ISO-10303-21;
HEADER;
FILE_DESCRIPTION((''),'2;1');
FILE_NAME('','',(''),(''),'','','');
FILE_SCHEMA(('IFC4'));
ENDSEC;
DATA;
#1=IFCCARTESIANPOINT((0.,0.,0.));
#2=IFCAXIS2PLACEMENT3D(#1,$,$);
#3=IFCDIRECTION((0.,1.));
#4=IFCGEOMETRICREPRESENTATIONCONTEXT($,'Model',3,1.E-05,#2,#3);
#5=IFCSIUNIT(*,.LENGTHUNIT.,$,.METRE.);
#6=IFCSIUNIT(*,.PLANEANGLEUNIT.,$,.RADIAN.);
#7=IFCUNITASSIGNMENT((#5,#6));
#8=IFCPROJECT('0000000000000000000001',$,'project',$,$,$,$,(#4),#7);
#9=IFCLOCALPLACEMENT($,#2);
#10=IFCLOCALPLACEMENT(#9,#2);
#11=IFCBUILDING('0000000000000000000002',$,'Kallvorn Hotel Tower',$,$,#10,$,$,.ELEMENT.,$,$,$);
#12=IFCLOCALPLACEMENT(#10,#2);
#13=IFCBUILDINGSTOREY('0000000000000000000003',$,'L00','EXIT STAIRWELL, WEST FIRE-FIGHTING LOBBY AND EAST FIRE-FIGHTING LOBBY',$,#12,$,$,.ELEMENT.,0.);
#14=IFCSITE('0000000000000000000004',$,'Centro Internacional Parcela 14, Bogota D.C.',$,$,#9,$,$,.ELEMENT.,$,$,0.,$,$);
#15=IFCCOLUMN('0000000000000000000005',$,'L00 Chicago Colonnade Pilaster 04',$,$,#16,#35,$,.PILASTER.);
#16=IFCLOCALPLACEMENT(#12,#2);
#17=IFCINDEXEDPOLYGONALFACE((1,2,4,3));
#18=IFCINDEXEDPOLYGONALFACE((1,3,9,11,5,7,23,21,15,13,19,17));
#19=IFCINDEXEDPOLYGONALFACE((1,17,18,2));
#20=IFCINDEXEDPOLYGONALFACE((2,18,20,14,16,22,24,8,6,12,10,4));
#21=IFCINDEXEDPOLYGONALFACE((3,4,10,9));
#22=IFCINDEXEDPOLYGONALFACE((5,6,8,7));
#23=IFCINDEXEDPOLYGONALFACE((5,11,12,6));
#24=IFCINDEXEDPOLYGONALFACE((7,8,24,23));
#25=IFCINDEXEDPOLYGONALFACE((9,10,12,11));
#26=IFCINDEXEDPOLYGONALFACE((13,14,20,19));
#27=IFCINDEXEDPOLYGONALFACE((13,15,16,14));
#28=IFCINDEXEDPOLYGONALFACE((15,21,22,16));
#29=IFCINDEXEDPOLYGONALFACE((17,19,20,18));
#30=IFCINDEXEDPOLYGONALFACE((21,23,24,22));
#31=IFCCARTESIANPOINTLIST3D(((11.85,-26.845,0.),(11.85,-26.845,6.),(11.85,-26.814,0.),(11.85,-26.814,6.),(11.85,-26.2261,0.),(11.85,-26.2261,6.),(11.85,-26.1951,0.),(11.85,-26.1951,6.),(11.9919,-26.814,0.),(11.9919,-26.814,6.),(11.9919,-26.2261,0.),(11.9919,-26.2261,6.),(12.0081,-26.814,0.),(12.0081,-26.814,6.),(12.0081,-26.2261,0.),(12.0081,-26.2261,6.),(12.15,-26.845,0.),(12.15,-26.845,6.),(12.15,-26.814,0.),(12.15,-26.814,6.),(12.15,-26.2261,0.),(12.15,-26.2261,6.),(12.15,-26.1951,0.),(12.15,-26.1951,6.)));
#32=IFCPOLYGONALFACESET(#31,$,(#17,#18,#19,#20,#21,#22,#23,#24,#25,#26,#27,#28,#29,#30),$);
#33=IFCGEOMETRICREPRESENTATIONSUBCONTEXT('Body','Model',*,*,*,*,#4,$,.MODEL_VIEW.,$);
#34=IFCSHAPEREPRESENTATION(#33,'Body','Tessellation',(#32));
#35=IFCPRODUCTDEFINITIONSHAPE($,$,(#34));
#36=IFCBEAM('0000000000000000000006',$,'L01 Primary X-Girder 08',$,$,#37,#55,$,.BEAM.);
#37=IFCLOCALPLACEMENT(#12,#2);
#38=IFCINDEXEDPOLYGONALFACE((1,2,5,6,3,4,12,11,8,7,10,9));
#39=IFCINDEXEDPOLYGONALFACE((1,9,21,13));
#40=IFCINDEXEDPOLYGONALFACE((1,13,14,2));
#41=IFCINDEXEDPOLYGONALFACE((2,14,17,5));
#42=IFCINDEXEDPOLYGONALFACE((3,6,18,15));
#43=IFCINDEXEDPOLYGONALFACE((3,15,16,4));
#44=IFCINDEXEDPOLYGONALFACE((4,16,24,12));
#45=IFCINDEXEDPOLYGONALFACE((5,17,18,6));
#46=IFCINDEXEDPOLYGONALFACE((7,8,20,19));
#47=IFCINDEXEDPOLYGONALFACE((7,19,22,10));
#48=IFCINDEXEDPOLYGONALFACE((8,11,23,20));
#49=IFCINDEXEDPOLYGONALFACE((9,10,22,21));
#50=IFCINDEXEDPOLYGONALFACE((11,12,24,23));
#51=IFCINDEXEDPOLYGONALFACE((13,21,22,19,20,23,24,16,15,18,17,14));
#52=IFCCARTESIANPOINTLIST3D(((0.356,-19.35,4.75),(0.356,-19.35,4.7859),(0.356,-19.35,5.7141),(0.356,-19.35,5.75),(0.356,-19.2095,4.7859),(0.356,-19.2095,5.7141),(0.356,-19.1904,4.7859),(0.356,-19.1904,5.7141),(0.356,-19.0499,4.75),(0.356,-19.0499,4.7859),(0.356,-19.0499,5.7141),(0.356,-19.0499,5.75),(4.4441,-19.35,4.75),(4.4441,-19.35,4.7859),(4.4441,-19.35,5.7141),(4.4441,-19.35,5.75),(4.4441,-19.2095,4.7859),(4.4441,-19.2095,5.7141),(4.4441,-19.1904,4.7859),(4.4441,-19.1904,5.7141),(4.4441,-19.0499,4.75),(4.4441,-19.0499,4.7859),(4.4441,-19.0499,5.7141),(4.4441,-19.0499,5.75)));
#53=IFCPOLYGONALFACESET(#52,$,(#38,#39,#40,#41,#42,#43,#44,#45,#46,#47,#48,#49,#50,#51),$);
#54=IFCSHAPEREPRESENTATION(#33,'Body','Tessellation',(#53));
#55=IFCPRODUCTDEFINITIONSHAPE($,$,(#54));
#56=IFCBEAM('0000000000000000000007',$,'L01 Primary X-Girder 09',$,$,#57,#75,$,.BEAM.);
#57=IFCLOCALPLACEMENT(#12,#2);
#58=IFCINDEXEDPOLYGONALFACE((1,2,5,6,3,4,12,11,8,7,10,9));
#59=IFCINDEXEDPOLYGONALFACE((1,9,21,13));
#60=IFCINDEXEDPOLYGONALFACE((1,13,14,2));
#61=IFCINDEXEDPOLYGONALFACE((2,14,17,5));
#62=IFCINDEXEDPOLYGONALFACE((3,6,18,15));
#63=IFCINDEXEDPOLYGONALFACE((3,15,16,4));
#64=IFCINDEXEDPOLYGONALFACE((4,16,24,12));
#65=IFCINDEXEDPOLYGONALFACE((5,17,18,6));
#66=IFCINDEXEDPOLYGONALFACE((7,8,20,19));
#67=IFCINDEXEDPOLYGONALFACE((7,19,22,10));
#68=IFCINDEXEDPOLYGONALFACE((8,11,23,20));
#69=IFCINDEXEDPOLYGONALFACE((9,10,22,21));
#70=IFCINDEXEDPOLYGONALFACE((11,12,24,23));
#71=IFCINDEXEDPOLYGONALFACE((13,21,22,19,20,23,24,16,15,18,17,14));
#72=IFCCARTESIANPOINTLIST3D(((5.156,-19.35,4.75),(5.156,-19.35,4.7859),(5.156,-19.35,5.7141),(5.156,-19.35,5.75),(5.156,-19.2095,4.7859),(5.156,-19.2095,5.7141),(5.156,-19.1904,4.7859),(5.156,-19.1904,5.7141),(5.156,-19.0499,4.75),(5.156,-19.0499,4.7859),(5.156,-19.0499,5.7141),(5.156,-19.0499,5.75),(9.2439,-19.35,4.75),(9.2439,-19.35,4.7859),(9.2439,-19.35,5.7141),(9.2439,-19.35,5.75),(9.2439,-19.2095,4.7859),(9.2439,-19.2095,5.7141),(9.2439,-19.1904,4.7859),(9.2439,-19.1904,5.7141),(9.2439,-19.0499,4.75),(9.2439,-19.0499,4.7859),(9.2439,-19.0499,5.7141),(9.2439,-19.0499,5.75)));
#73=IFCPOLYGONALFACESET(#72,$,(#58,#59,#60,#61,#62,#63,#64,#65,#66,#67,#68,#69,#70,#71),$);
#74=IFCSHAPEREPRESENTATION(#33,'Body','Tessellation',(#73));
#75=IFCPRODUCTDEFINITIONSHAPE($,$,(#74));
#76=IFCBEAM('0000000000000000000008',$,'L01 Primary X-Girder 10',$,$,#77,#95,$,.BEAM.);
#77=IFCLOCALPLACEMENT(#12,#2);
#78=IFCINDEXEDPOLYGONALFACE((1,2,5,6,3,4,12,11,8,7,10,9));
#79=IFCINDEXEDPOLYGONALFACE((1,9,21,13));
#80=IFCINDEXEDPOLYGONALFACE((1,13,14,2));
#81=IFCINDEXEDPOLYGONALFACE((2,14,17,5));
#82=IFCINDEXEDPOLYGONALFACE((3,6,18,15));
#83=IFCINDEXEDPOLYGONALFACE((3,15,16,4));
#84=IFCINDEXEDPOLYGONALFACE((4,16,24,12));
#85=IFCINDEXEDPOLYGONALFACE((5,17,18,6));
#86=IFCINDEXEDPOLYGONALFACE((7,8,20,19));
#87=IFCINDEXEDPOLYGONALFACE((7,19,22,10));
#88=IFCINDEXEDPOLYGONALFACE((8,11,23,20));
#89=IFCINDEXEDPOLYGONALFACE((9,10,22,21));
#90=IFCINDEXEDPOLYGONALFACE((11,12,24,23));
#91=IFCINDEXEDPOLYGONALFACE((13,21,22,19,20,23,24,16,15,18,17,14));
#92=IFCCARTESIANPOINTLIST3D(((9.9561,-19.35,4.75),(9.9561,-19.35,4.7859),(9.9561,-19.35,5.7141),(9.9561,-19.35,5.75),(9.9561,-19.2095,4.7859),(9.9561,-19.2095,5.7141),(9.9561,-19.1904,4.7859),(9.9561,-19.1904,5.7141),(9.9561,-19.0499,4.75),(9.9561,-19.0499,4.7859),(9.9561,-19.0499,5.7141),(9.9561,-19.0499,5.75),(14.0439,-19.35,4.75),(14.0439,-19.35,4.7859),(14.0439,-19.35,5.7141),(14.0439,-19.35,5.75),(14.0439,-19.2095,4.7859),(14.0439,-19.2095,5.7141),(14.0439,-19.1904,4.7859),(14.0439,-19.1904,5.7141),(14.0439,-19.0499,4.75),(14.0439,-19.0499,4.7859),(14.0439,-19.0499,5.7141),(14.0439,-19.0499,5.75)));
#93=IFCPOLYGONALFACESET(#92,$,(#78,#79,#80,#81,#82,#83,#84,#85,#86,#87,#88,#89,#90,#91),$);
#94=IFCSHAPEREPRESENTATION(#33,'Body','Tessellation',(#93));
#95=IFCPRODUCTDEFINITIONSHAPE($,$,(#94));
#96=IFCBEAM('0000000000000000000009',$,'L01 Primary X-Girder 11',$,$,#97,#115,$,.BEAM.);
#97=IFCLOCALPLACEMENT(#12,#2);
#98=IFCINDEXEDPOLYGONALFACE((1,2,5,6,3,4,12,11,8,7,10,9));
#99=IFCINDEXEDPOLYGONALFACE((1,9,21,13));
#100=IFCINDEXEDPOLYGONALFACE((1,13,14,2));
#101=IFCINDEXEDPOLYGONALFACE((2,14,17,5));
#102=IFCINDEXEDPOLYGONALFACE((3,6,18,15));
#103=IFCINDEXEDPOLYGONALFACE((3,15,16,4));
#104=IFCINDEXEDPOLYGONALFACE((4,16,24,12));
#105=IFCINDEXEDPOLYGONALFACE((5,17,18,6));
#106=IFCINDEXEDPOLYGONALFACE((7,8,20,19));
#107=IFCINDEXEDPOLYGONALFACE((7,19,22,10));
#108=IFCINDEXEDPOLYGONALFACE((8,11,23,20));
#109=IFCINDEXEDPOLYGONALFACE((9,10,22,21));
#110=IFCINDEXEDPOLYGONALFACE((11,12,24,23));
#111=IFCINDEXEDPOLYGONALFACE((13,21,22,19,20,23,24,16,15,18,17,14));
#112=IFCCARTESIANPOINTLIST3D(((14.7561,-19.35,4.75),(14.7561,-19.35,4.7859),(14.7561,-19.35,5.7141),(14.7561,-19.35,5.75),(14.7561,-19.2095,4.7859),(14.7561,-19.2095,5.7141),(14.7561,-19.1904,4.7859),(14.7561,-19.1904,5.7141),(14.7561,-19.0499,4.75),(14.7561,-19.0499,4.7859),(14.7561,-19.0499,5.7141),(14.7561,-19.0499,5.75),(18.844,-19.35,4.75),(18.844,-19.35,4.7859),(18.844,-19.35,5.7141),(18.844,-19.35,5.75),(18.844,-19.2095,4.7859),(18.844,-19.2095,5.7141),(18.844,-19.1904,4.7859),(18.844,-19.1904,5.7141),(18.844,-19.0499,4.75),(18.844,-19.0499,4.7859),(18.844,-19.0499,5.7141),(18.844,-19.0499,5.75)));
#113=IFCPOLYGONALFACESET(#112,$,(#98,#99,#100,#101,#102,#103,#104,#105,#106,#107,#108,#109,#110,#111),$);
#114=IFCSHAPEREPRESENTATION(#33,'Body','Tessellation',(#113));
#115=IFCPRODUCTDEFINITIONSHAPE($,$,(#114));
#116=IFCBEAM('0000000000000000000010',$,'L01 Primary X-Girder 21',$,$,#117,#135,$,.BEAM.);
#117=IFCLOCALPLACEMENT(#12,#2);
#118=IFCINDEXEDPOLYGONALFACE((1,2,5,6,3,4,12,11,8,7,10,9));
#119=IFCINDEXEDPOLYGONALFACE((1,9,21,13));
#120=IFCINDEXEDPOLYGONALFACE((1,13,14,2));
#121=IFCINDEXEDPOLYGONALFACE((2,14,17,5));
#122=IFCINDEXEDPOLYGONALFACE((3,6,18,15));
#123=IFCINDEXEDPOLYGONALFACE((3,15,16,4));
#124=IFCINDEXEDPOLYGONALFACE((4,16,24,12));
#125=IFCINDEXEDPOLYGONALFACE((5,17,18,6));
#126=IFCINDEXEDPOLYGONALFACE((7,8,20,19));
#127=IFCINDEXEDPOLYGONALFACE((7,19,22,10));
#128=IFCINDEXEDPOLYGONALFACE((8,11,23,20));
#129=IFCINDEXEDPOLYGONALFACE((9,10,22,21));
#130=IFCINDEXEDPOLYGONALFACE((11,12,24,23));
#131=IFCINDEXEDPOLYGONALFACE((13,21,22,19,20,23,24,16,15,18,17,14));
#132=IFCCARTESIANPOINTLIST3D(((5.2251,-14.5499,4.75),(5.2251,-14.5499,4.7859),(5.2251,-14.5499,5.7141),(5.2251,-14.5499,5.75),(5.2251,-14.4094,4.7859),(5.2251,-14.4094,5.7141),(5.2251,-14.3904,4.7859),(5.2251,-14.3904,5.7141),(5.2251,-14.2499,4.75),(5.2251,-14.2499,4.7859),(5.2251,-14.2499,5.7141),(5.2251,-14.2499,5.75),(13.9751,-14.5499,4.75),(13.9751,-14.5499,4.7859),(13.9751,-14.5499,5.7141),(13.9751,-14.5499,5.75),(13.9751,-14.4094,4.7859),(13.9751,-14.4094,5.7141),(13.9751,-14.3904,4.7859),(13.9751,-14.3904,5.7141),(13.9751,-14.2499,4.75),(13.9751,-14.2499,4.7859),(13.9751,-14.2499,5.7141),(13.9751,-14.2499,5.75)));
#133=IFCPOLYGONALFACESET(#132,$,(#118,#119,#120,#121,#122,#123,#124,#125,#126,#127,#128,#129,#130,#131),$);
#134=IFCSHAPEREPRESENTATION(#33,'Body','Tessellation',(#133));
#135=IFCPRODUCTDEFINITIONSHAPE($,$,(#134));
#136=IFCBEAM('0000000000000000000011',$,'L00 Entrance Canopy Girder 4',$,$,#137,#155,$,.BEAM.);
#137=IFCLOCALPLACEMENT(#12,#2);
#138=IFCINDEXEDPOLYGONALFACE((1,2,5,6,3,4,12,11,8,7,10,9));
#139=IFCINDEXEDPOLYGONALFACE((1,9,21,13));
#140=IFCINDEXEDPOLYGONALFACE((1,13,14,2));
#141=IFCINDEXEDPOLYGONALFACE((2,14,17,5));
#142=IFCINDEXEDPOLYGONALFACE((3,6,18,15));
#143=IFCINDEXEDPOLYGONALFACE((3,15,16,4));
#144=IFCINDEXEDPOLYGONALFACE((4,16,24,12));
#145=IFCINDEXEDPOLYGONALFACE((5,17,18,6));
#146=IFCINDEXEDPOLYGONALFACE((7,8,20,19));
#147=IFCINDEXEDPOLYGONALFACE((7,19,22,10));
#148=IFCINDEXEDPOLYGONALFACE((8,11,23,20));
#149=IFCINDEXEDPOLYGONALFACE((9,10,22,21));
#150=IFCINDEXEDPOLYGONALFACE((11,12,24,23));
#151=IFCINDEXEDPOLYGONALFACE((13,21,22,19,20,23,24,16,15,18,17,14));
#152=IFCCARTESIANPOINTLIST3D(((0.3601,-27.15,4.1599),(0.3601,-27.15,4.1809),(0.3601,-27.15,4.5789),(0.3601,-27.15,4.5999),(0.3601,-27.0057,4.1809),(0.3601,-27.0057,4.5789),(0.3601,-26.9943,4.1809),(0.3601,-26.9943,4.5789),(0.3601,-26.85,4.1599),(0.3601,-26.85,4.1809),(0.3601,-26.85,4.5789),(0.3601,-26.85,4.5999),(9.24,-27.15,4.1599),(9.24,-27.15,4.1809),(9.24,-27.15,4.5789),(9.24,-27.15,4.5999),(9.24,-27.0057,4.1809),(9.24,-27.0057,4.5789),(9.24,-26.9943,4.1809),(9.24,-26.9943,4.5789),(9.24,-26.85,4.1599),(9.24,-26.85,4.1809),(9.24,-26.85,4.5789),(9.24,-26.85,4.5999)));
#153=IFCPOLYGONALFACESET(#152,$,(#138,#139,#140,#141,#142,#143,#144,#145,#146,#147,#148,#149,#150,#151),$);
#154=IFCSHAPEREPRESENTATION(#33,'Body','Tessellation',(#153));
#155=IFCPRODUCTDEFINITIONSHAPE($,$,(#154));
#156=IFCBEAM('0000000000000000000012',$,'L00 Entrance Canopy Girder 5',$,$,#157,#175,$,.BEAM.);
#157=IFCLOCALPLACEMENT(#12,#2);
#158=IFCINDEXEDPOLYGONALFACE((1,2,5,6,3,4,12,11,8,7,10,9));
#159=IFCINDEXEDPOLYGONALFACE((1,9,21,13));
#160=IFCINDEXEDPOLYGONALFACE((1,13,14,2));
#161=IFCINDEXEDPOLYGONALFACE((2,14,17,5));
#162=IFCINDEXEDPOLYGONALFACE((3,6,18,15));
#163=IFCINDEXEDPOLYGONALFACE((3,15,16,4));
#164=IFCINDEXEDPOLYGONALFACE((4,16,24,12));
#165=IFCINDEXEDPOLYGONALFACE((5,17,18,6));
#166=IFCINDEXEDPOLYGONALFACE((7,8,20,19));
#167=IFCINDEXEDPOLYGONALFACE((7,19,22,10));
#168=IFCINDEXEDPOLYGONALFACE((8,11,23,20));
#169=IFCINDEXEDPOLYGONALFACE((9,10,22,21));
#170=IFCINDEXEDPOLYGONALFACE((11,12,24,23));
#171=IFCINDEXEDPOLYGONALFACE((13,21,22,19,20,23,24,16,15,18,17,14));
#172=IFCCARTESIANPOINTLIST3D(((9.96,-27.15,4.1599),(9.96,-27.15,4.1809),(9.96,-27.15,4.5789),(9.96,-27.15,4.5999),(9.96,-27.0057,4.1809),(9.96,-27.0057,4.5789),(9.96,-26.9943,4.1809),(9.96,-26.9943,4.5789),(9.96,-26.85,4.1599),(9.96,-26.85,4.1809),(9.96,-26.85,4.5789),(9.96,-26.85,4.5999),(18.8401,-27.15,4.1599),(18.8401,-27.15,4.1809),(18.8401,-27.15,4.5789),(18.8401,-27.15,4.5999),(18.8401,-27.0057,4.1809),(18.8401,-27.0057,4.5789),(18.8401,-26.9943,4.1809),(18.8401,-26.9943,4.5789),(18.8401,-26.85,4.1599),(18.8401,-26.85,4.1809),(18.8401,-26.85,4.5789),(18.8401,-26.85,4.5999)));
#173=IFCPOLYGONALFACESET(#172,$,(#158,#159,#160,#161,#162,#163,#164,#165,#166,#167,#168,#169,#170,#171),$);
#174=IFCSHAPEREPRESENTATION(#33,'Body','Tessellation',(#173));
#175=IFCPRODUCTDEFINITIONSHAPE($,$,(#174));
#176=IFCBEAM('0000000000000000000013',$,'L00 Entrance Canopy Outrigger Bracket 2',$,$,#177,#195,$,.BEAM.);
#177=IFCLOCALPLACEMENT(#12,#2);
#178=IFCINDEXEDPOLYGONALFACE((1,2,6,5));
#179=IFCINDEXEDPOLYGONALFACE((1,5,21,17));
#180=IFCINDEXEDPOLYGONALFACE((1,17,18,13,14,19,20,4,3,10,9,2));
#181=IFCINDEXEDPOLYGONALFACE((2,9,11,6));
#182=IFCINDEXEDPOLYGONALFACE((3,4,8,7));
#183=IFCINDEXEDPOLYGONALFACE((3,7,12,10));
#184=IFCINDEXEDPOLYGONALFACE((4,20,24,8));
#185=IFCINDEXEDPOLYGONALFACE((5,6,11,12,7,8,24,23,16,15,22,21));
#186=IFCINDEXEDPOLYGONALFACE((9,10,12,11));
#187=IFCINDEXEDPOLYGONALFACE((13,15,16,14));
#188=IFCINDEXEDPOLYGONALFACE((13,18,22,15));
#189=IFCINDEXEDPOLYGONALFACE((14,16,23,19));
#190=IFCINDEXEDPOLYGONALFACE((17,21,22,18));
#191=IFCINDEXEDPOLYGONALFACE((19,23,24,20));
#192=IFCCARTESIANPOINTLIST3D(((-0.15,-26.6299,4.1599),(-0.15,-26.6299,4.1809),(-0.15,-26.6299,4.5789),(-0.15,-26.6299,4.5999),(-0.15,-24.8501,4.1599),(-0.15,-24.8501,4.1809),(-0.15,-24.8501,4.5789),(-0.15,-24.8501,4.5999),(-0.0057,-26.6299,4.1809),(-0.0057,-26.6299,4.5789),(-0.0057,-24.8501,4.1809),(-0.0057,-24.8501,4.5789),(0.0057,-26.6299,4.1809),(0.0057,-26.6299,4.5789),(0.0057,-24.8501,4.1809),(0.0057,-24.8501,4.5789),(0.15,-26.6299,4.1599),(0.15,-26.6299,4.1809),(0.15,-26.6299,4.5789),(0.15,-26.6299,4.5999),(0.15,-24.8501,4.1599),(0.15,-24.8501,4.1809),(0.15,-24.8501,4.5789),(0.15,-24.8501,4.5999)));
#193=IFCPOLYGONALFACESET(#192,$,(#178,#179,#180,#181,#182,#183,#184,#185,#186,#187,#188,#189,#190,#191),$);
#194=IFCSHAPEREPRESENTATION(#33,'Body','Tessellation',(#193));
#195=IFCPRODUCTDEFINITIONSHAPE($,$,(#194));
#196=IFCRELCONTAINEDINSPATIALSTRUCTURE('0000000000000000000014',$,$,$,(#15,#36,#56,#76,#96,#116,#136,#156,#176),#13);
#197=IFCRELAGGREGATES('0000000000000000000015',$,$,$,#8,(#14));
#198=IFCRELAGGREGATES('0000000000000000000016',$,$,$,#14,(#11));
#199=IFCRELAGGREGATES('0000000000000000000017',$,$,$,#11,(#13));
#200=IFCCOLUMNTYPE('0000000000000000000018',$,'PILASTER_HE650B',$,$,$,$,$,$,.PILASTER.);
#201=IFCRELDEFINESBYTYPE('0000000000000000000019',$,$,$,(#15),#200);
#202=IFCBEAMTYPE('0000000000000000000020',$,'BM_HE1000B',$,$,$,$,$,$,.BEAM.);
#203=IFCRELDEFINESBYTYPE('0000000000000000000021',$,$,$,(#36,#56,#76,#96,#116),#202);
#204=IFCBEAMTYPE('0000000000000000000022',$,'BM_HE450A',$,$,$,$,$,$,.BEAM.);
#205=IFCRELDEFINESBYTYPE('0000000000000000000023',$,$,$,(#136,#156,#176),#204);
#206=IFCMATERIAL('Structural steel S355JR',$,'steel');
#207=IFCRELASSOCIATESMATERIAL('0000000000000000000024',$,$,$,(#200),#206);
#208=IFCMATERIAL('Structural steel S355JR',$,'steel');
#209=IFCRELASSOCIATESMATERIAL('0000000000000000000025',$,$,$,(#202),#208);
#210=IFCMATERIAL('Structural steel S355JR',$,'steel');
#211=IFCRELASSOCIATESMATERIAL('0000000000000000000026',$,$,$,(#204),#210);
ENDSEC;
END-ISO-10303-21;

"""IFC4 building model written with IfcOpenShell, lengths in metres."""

from ifc_helpers import new_model, si_unit, direction, frame, origin, origin_2d, place, context, subcontext, project, spatial, i_section, extrude, material, material_profile, profile_set, type_object, element, save


model = new_model("IFC4")

# Units and contexts
model_context = context("Model", 3, precision=1e-05, world=origin(), true_north=direction((0.0, 1.0)))
body_context = subcontext(model_context, "Body", "Model", "MODEL_VIEW")
ifc_project = project(units=[si_unit("LENGTHUNIT", "METRE"), si_unit("PLANEANGLEUNIT", "RADIAN")], contexts=[model_context])

# Site, building, storey
site_placement = place(None, origin())
site = spatial("IfcSite", under=ifc_project, at=site_placement, Name="Centro Internacional Parcela 14, Bogota D.C.", CompositionType="ELEMENT", RefElevation=0.0)
building_placement = place(site_placement, origin())
building = spatial("IfcBuilding", under=site, at=building_placement, Name="Kallvorn Hotel Tower", CompositionType="ELEMENT")
storey_placement = place(building_placement, origin())
storey = spatial("IfcBuildingStorey", under=building, at=storey_placement, Name="L00", Description="EXIT STAIRWELL, WEST FIRE-FIGHTING LOBBY AND EAST FIRE-FIGHTING LOBBY", CompositionType="ELEMENT", Elevation=0.0)

# Column
ifc_material_1 = material(Name="Structural steel S355JR", Category="steel")
ifc_material_profile_1 = material_profile(ifc_material_1, i_section(OverallWidth=0.3, OverallDepth=0.6499, WebThickness=0.0161, FlangeThickness=0.031, at=origin_2d()), Name="HE 650 B")
ifc_profile_set_1 = profile_set([ifc_material_profile_1], Name="Structural steel S355JR")
column_type_1 = type_object("IfcColumnType", Name="PILASTER_HE650B", PredefinedType="PILASTER", material=ifc_profile_set_1)
for number, where, z_axis, x_axis, name in (
    (1, (12.0, -26.52, 0.0), (0.0, 0.0, 1.0), (1.0, 0.0, 0.0), "L00 Chicago Colonnade Pilaster 04"),
):
    element("IfcColumn", number, at=place(storey_placement, frame(where, z_axis=z_axis, x_axis=x_axis)), inside=storey, type_object=column_type_1, Name=name, PredefinedType="PILASTER", context=body_context, shape_type="SweptSolid", body=[
        extrude(i_section(OverallWidth=0.3, OverallDepth=0.6499, WebThickness=0.0161, FlangeThickness=0.031, at=origin_2d()), origin(), (0.0, 0.0, 1.0), 6.0),
    ])

# Beams
ifc_material_2 = material(Name="Structural steel S355JR", Category="steel")
ifc_material_profile_2 = material_profile(ifc_material_2, i_section(OverallWidth=0.3, OverallDepth=1.0, WebThickness=0.019, FlangeThickness=0.0359, at=origin_2d()), Name="HE 1000 B")
ifc_profile_set_2 = profile_set([ifc_material_profile_2], Name="Structural steel S355JR")
beam_type_1 = type_object("IfcBeamType", Name="BM_HE1000B", PredefinedType="BEAM", material=ifc_profile_set_2)
beam_1_placement = place(storey_placement, frame((0.356, -19.2, 5.25), z_axis=(1.0, 0.0, 0.0), x_axis=(0.0, 1.0, 0.0)))
element("IfcBeam", 2, at=beam_1_placement, inside=storey, type_object=beam_type_1, Name="L01 Primary X-Girder 08", PredefinedType="BEAM", context=body_context, shape_type="SweptSolid", body=[
    extrude(i_section(OverallWidth=0.3, OverallDepth=1.0, WebThickness=0.019, FlangeThickness=0.0359, at=origin_2d()), origin(), (0.0, 0.0, 1.0), 4.0881),
])
for number, where, z_axis, x_axis, name in (
    (3, (5.156, -19.2, 5.25), (1.0, 0.0, 0.0), (0.0, 1.0, 0.0), "L01 Primary X-Girder 09"),
    (4, (9.9561, -19.2, 5.25), (1.0, 0.0, 0.0), (0.0, 1.0, 0.0), "L01 Primary X-Girder 10"),
    (5, (14.7561, -19.2, 5.25), (1.0, 0.0, 0.0), (0.0, 1.0, 0.0), "L01 Primary X-Girder 11"),
):
    element("IfcBeam", number, at=place(storey_placement, frame(where, z_axis=z_axis, x_axis=x_axis)), inside=storey, type_object=beam_type_1, Name=name, PredefinedType="BEAM", context=body_context, shape_type="SweptSolid", body=[
        extrude(i_section(OverallWidth=0.3, OverallDepth=1.0, WebThickness=0.019, FlangeThickness=0.0359, at=origin_2d()), origin(), (0.0, 0.0, 1.0), 4.0879),
    ])
beam_2_placement = place(storey_placement, frame((5.2251, -14.3999, 5.25), z_axis=(1.0, 0.0, 0.0), x_axis=(0.0, 1.0, 0.0)))
element("IfcBeam", 6, at=beam_2_placement, inside=storey, type_object=beam_type_1, Name="L01 Primary X-Girder 21", PredefinedType="BEAM", context=body_context, shape_type="SweptSolid", body=[
    extrude(i_section(OverallWidth=0.3, OverallDepth=1.0, WebThickness=0.019, FlangeThickness=0.0359, at=origin_2d()), origin(), (0.0, 0.0, 1.0), 8.75),
])
ifc_material_3 = material(Name="Structural steel S355JR", Category="steel")
ifc_material_profile_3 = material_profile(ifc_material_3, i_section(OverallWidth=0.3, OverallDepth=0.4399, WebThickness=0.0115, FlangeThickness=0.021, at=origin_2d()), Name="HE 450 A")
ifc_profile_set_3 = profile_set([ifc_material_profile_3], Name="Structural steel S355JR")
beam_type_2 = type_object("IfcBeamType", Name="BM_HE450A", PredefinedType="BEAM", material=ifc_profile_set_3)
beam_3_placement = place(storey_placement, frame((0.3601, -27.0, 4.3799), z_axis=(1.0, 0.0, 0.0), x_axis=(0.0, 1.0, 0.0)))
element("IfcBeam", 7, at=beam_3_placement, inside=storey, type_object=beam_type_2, Name="L00 Entrance Canopy Girder 4", PredefinedType="BEAM", context=body_context, shape_type="SweptSolid", body=[
    extrude(i_section(OverallWidth=0.3, OverallDepth=0.4399, WebThickness=0.0115, FlangeThickness=0.021, at=origin_2d()), origin(), (0.0, 0.0, 1.0), 8.8799),
])
beam_4_placement = place(storey_placement, frame((9.96, -27.0, 4.3799), z_axis=(1.0, 0.0, 0.0), x_axis=(0.0, 1.0, 0.0)))
element("IfcBeam", 8, at=beam_4_placement, inside=storey, type_object=beam_type_2, Name="L00 Entrance Canopy Girder 5", PredefinedType="BEAM", context=body_context, shape_type="SweptSolid", body=[
    extrude(i_section(OverallWidth=0.3, OverallDepth=0.4399, WebThickness=0.0115, FlangeThickness=0.021, at=origin_2d()), origin(), (0.0, 0.0, 1.0), 8.8801),
])
beam_5_placement = place(storey_placement, frame((0.0, -26.6299, 4.3799), z_axis=(0.0, 1.0, 0.0), x_axis=(-1.0, 0.0, 0.0)))
element("IfcBeam", 9, at=beam_5_placement, inside=storey, type_object=beam_type_2, Name="L00 Entrance Canopy Outrigger Bracket 2", PredefinedType="BEAM", context=body_context, shape_type="SweptSolid", body=[
    extrude(i_section(OverallWidth=0.3, OverallDepth=0.4399, WebThickness=0.0115, FlangeThickness=0.021, at=origin_2d()), origin(), (0.0, 0.0, 1.0), 1.7798),
])

save(model, "model.ifc")
